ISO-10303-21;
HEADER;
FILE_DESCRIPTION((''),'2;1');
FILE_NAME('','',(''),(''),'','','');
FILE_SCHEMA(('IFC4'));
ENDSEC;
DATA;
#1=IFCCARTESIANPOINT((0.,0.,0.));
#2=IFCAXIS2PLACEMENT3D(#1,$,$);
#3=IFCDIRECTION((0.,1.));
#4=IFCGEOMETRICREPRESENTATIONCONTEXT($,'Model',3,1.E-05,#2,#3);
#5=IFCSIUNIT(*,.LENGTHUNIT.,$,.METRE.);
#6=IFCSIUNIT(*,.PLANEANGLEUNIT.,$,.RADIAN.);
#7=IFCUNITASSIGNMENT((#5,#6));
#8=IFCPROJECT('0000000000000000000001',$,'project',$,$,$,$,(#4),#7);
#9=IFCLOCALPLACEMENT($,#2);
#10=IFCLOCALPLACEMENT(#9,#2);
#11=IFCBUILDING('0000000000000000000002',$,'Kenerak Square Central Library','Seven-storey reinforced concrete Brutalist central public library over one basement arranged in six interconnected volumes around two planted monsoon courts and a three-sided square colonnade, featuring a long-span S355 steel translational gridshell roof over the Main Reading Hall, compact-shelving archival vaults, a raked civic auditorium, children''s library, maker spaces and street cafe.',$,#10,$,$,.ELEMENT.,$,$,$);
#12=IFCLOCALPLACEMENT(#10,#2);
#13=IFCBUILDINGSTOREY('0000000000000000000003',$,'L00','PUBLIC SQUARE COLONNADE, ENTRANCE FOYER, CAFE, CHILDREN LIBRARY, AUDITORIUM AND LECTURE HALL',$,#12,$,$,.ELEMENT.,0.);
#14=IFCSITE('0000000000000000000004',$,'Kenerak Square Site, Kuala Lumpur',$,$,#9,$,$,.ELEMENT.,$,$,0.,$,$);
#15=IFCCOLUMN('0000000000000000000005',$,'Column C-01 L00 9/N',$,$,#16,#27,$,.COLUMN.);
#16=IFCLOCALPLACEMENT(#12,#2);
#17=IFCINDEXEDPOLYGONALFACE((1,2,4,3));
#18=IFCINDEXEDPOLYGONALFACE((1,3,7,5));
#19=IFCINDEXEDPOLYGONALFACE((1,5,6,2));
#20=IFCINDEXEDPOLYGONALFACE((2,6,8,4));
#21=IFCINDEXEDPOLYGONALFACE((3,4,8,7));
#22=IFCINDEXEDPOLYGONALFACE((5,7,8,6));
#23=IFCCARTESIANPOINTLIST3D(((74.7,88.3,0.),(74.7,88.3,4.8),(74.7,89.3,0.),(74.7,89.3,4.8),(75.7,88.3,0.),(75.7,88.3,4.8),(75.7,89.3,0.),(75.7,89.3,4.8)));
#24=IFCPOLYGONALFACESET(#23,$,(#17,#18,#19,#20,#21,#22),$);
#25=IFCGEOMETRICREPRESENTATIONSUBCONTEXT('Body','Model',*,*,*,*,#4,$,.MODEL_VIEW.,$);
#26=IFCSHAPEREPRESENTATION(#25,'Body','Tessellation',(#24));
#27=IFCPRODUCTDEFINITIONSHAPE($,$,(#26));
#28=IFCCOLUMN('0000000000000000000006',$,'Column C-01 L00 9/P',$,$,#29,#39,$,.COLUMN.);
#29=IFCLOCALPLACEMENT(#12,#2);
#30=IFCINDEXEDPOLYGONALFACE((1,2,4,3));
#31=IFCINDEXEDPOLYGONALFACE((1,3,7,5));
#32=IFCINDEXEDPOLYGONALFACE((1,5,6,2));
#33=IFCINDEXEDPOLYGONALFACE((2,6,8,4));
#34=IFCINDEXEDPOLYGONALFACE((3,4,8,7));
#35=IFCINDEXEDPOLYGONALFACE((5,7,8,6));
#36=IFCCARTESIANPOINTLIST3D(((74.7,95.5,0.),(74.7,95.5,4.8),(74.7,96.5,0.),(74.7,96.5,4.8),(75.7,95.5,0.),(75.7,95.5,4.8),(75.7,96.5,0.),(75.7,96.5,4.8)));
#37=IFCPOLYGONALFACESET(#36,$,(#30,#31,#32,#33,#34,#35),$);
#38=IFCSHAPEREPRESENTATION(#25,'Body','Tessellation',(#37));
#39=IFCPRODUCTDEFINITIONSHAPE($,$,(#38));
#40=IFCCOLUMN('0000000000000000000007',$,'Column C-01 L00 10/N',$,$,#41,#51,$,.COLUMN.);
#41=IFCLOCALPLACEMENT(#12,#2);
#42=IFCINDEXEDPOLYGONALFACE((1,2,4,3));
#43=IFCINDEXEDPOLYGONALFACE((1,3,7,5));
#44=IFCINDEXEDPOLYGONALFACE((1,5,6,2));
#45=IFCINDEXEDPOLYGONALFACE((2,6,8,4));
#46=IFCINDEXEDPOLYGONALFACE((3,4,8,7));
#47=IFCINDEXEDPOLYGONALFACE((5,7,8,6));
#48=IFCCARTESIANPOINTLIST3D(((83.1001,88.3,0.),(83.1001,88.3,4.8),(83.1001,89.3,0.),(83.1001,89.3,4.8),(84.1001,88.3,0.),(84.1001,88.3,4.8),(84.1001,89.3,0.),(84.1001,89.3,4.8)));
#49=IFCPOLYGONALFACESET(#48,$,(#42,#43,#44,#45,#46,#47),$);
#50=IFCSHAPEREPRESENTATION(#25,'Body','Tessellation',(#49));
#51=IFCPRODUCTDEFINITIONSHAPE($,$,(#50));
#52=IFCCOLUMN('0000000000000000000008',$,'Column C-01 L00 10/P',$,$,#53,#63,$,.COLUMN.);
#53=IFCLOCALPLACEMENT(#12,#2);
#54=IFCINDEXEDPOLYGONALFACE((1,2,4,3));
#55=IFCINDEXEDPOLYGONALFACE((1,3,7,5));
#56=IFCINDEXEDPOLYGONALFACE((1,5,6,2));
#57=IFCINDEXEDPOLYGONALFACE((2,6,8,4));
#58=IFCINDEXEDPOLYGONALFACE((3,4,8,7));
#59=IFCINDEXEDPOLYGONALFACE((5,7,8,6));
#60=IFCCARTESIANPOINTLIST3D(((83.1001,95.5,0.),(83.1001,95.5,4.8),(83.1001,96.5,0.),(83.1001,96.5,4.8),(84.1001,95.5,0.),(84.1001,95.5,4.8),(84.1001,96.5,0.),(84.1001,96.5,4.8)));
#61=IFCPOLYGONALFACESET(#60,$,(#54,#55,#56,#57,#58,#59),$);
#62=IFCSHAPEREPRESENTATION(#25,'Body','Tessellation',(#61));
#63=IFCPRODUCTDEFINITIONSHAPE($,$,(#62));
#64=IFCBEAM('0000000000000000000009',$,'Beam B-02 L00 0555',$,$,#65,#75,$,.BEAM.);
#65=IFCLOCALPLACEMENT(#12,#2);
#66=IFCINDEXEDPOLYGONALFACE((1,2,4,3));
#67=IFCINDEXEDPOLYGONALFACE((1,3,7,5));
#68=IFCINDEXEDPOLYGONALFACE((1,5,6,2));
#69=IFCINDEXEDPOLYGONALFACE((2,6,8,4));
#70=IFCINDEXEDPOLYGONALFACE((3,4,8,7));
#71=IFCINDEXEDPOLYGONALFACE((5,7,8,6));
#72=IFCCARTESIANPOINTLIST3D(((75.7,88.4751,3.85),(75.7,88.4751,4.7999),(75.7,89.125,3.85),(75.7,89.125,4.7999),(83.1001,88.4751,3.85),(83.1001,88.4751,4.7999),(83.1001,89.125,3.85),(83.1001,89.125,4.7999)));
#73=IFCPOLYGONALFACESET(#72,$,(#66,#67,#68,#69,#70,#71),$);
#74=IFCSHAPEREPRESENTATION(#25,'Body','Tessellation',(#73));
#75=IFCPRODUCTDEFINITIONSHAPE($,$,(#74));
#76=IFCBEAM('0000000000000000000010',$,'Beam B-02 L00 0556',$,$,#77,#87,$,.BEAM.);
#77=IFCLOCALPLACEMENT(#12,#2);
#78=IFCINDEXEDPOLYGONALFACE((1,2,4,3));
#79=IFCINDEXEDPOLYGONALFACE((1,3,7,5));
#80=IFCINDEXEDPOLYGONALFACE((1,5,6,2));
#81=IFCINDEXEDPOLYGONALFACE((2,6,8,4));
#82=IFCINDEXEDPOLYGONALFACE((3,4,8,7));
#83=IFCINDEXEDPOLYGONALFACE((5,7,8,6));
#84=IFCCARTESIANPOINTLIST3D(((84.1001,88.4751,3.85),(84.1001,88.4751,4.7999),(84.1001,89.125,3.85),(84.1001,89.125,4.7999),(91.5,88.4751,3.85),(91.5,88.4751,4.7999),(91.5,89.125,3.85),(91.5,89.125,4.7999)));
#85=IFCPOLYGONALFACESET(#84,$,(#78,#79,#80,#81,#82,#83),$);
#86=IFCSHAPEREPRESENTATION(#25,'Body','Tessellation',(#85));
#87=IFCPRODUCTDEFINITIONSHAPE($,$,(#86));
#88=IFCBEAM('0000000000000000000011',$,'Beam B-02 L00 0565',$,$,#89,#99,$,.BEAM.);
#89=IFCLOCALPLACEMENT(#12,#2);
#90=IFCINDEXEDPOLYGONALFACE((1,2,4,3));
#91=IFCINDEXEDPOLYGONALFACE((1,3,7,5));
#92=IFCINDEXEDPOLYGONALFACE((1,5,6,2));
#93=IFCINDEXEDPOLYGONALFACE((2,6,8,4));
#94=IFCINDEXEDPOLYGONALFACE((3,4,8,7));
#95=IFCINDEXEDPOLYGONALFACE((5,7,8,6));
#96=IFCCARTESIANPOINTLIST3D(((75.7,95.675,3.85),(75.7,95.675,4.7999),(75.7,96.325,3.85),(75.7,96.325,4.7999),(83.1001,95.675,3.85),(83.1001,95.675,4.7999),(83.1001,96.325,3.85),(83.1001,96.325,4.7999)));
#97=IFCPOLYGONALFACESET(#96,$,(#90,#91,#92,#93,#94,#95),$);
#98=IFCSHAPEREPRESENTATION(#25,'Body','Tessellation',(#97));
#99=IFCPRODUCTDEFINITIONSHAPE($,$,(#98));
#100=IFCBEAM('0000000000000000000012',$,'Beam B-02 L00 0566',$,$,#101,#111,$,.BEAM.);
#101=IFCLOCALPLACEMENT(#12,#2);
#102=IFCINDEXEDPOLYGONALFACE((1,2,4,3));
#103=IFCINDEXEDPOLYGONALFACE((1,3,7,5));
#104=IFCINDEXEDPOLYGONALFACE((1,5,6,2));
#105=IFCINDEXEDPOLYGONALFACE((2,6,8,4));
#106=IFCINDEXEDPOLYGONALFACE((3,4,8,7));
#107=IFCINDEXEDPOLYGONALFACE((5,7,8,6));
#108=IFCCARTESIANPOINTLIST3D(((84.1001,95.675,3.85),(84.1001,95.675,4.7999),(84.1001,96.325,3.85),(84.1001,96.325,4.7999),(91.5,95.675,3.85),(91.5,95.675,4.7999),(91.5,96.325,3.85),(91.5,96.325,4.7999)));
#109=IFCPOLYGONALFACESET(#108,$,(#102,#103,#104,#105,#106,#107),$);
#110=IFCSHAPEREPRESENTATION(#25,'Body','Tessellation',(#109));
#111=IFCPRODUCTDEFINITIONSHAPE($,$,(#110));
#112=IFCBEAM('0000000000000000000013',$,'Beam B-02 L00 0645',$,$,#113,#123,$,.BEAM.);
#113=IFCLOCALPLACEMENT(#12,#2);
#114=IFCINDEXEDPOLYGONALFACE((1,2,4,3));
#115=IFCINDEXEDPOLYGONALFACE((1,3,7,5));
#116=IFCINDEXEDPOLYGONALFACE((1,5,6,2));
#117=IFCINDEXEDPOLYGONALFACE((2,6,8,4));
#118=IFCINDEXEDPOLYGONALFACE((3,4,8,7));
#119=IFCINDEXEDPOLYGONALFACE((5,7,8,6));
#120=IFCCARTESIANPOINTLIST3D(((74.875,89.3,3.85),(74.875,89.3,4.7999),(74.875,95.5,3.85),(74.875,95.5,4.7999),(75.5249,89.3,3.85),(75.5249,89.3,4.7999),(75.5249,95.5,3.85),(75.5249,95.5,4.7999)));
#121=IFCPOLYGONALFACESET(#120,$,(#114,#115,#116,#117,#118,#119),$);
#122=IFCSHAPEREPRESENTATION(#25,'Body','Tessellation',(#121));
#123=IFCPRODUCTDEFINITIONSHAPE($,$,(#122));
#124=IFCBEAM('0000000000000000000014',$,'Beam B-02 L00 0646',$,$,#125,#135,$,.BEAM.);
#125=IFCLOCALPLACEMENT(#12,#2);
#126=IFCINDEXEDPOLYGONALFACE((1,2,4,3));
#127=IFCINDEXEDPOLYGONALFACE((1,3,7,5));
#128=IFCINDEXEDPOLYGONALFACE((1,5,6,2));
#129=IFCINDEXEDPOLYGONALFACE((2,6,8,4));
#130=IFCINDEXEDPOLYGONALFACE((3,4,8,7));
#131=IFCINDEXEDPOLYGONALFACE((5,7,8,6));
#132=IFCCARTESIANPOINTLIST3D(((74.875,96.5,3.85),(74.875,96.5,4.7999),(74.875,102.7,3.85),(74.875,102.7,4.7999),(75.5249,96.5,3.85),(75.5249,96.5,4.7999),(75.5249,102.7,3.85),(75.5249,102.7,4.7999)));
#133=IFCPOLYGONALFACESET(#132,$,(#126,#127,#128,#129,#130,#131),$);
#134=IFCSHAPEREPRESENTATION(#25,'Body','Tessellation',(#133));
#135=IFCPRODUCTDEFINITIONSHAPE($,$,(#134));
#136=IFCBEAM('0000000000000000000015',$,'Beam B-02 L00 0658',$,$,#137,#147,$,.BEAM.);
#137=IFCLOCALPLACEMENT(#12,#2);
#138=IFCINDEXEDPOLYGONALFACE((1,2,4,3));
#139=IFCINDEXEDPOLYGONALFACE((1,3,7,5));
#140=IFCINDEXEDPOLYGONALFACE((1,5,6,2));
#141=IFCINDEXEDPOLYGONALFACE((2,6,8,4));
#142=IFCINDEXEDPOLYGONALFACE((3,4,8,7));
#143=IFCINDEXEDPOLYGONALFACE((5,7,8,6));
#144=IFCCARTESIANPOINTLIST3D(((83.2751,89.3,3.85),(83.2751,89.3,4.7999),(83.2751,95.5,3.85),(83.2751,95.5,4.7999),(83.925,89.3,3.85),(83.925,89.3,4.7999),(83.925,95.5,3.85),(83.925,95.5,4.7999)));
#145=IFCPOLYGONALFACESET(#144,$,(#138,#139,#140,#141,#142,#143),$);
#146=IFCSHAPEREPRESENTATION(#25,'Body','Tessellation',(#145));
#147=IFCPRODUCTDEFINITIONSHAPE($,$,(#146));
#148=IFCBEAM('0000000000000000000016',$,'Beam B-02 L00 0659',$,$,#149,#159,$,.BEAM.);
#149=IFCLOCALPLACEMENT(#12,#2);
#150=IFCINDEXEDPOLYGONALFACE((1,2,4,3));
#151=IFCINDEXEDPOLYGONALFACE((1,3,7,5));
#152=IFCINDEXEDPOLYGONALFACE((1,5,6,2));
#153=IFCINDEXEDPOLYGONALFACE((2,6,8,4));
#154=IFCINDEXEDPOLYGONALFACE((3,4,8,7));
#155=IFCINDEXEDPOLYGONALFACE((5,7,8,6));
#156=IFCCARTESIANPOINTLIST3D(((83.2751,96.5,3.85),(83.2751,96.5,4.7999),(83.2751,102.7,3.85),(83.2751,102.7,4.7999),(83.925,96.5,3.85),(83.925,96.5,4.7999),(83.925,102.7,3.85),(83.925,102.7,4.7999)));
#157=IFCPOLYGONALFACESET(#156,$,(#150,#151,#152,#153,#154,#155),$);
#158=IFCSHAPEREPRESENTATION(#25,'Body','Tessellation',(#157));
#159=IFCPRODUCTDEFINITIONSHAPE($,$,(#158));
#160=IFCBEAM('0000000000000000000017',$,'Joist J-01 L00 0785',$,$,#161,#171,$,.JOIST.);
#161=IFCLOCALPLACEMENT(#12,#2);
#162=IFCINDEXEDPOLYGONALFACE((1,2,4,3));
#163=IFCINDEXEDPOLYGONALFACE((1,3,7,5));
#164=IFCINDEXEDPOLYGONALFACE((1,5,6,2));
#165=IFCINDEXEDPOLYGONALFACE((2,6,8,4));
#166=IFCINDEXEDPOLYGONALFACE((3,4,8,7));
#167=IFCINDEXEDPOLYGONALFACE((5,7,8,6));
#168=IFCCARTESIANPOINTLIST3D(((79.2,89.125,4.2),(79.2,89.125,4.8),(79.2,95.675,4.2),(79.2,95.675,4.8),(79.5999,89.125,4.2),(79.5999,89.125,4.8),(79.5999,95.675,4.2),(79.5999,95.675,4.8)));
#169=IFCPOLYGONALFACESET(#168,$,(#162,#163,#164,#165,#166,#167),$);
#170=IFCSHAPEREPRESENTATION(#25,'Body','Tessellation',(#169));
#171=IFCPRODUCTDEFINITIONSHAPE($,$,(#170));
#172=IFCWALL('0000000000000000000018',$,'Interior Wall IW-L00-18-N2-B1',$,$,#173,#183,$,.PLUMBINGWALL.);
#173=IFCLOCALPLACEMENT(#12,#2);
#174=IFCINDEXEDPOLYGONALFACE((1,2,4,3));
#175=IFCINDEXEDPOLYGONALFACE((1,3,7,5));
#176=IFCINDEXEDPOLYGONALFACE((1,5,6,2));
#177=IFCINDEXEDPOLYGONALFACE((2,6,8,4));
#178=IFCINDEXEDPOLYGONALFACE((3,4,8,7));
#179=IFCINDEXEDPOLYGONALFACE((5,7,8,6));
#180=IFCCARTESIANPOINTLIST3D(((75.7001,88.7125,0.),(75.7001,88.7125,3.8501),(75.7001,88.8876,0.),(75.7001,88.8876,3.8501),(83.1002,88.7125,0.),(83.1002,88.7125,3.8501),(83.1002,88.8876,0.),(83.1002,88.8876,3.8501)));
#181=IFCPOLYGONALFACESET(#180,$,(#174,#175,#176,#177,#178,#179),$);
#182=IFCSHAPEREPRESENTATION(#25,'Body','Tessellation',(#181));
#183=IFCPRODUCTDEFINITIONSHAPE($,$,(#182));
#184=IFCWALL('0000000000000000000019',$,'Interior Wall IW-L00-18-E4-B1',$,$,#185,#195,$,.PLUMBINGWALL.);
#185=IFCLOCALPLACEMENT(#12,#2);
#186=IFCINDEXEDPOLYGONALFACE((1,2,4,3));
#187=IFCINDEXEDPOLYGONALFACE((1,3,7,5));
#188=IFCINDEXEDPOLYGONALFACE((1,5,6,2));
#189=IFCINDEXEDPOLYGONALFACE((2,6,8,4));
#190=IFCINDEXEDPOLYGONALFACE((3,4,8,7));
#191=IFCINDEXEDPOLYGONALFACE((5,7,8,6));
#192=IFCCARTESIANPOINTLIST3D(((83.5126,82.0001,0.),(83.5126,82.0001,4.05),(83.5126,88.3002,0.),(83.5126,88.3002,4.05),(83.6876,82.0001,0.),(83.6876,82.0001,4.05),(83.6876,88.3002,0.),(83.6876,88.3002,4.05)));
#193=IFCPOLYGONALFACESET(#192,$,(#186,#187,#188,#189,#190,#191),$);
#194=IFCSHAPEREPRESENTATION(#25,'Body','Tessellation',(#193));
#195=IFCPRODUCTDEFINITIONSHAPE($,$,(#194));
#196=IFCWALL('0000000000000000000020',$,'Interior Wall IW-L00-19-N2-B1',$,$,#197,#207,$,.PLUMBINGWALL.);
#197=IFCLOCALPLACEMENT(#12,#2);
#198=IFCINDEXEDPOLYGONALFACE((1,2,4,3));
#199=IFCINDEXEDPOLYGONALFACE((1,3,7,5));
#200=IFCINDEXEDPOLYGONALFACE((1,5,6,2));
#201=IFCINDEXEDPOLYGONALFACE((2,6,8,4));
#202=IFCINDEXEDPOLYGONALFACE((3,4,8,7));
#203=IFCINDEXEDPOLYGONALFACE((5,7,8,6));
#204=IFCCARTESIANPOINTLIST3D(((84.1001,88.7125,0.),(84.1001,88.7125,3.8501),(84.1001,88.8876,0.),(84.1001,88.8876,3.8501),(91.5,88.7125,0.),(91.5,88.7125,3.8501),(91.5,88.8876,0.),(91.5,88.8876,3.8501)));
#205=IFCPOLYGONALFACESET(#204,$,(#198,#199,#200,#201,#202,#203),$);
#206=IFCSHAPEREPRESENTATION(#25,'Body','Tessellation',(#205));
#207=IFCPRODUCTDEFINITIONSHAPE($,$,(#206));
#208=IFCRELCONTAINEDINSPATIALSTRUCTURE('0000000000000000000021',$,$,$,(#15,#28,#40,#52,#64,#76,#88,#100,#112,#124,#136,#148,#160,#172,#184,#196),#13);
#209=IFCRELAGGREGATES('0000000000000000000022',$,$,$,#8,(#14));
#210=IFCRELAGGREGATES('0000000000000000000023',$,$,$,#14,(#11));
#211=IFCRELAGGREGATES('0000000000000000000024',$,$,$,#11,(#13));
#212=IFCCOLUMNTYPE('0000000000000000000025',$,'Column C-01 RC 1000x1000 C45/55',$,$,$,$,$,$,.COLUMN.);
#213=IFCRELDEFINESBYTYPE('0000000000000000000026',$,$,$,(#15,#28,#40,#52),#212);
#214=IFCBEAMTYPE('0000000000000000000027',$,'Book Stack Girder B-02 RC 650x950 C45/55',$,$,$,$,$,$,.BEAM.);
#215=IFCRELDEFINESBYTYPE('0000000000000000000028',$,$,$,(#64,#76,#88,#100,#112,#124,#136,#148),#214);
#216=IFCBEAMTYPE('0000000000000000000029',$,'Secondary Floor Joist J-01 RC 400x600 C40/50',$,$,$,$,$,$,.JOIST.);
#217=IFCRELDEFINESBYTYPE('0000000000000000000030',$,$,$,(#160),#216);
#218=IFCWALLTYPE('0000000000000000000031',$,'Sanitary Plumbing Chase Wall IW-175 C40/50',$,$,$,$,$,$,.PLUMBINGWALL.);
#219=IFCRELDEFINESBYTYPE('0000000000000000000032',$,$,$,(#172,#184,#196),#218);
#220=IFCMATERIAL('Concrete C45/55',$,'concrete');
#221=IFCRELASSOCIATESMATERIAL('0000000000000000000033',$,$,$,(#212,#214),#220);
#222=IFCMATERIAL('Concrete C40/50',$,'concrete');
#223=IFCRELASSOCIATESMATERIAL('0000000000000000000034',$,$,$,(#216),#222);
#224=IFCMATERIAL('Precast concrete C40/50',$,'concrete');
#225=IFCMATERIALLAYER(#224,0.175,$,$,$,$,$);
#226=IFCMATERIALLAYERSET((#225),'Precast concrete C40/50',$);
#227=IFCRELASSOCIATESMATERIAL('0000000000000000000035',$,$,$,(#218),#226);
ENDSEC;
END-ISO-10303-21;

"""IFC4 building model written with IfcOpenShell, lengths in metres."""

from ifc_helpers import new_model, si_unit, direction, frame, frame_2d, origin, origin_2d, place, context, subcontext, project, spatial, rectangle, extrude, material, layer, layer_set, material_profile, profile_set, type_object, element, save


model = new_model("IFC4")

# Units and contexts
model_context = context("Model", 3, precision=1e-05, world=origin(), true_north=direction((0.0, 1.0)))
body_context = subcontext(model_context, "Body", "Model", "MODEL_VIEW")
ifc_project = project(units=[si_unit("LENGTHUNIT", "METRE"), si_unit("PLANEANGLEUNIT", "RADIAN")], contexts=[model_context])

# Site, building, storey
site_placement = place(None, origin())
site = spatial("IfcSite", under=ifc_project, at=site_placement, Name="Kenerak Square Site, Kuala Lumpur", CompositionType="ELEMENT", RefElevation=0.0)
building_placement = place(site_placement, origin())
building = spatial("IfcBuilding", under=site, at=building_placement, Name="Kenerak Square Central Library", Description="Seven-storey reinforced concrete Brutalist central public library over one basement arranged in six interconnected volumes around two planted monsoon courts and a three-sided square colonnade, featuring a long-span S355 steel translational gridshell roof over the Main Reading Hall, compact-shelving archival vaults, a raked civic auditorium, children's library, maker spaces and street cafe.", CompositionType="ELEMENT")
storey_placement = place(building_placement, origin())
storey = spatial("IfcBuildingStorey", under=building, at=storey_placement, Name="L00", Description="PUBLIC SQUARE COLONNADE, ENTRANCE FOYER, CAFE, CHILDREN LIBRARY, AUDITORIUM AND LECTURE HALL", CompositionType="ELEMENT", Elevation=0.0)

# Columns
ifc_material_1 = material(Name="Concrete C45/55", Category="concrete")
ifc_material_profile_1 = material_profile(ifc_material_1, rectangle(XDim=1.0, YDim=1.0, at=origin_2d()), Name="RC 1000x1000")
ifc_profile_set_1 = profile_set([ifc_material_profile_1], Name="Concrete C45/55")
column_type = type_object("IfcColumnType", Name="Column C-01 RC 1000x1000 C45/55", PredefinedType="COLUMN", material=ifc_profile_set_1)
for number, where, z_axis, x_axis, name in (
    (1, (75.2, 88.8, 0.0), (0.0, 0.0, 1.0), (1.0, 0.0, 0.0), "Column C-01 L00 9/N"),
    (2, (75.2, 96.0, 0.0), (0.0, 0.0, 1.0), (1.0, 0.0, 0.0), "Column C-01 L00 9/P"),
    (3, (83.6001, 88.8, 0.0), (0.0, 0.0, 1.0), (1.0, 0.0, 0.0), "Column C-01 L00 10/N"),
    (4, (83.6001, 96.0, 0.0), (0.0, 0.0, 1.0), (1.0, 0.0, 0.0), "Column C-01 L00 10/P"),
):
    element("IfcColumn", number, at=place(storey_placement, frame(where, z_axis=z_axis, x_axis=x_axis)), inside=storey, type_object=column_type, Name=name, PredefinedType="COLUMN", context=body_context, shape_type="SweptSolid", body=[
        extrude(rectangle(XDim=1.0, YDim=1.0, at=origin_2d()), origin(), (0.0, 0.0, 1.0), 4.8),
    ])

# Beams
ifc_material_profile_2 = material_profile(ifc_material_1, rectangle(XDim=0.6499, YDim=0.95, at=origin_2d()), Name="RC 650x950")
ifc_profile_set_2 = profile_set([ifc_material_profile_2], Name="Concrete C45/55")
beam_type_1 = type_object("IfcBeamType", Name="Book Stack Girder B-02 RC 650x950 C45/55", PredefinedType="BEAM", material=ifc_profile_set_2)
beam_1_placement = place(storey_placement, frame((75.7, 88.8, 4.325), z_axis=(1.0, 0.0, 0.0), x_axis=(0.0, 1.0, 0.0)))
element("IfcBeam", 5, at=beam_1_placement, inside=storey, type_object=beam_type_1, Name="Beam B-02 L00 0555", PredefinedType="BEAM", context=body_context, shape_type="SweptSolid", body=[
    extrude(rectangle(XDim=0.6499, YDim=0.95, at=origin_2d()), origin(), (0.0, 0.0, 1.0), 7.4001),
])
beam_2_placement = place(storey_placement, frame((84.1001, 88.8, 4.325), z_axis=(1.0, 0.0, 0.0), x_axis=(0.0, 1.0, 0.0)))
element("IfcBeam", 6, at=beam_2_placement, inside=storey, type_object=beam_type_1, Name="Beam B-02 L00 0556", PredefinedType="BEAM", context=body_context, shape_type="SweptSolid", body=[
    extrude(rectangle(XDim=0.6499, YDim=0.95, at=origin_2d()), origin(), (0.0, 0.0, 1.0), 7.3999),
])
beam_3_placement = place(storey_placement, frame((75.7, 96.0, 4.325), z_axis=(1.0, 0.0, 0.0), x_axis=(0.0, 1.0, 0.0)))
element("IfcBeam", 7, at=beam_3_placement, inside=storey, type_object=beam_type_1, Name="Beam B-02 L00 0565", PredefinedType="BEAM", context=body_context, shape_type="SweptSolid", body=[
    extrude(rectangle(XDim=0.6499, YDim=0.95, at=origin_2d()), origin(), (0.0, 0.0, 1.0), 7.4001),
])
beam_4_placement = place(storey_placement, frame((84.1001, 96.0, 4.325), z_axis=(1.0, 0.0, 0.0), x_axis=(0.0, 1.0, 0.0)))
element("IfcBeam", 8, at=beam_4_placement, inside=storey, type_object=beam_type_1, Name="Beam B-02 L00 0566", PredefinedType="BEAM", context=body_context, shape_type="SweptSolid", body=[
    extrude(rectangle(XDim=0.6499, YDim=0.95, at=origin_2d()), origin(), (0.0, 0.0, 1.0), 7.3999),
])
for number, where, z_axis, x_axis, name in (
    (9, (75.2, 89.3, 4.325), (0.0, 1.0, 0.0), (-1.0, 0.0, 0.0), "Beam B-02 L00 0645"),
    (10, (75.2, 96.5, 4.325), (0.0, 1.0, 0.0), (-1.0, 0.0, 0.0), "Beam B-02 L00 0646"),
    (11, (83.6001, 89.3, 4.325), (0.0, 1.0, 0.0), (-1.0, 0.0, 0.0), "Beam B-02 L00 0658"),
    (12, (83.6001, 96.5, 4.325), (0.0, 1.0, 0.0), (-1.0, 0.0, 0.0), "Beam B-02 L00 0659"),
):
    element("IfcBeam", number, at=place(storey_placement, frame(where, z_axis=z_axis, x_axis=x_axis)), inside=storey, type_object=beam_type_1, Name=name, PredefinedType="BEAM", context=body_context, shape_type="SweptSolid", body=[
        extrude(rectangle(XDim=0.6499, YDim=0.95, at=origin_2d()), origin(), (0.0, 0.0, 1.0), 6.2),
    ])
ifc_material_2 = material(Name="Concrete C40/50", Category="concrete")
ifc_material_profile_3 = material_profile(ifc_material_2, rectangle(XDim=0.3999, YDim=0.6001, at=origin_2d()), Name="RC 400x600")
ifc_profile_set_3 = profile_set([ifc_material_profile_3], Name="Concrete C40/50")
beam_type_2 = type_object("IfcBeamType", Name="Secondary Floor Joist J-01 RC 400x600 C40/50", PredefinedType="JOIST", material=ifc_profile_set_3)
beam_5_placement = place(storey_placement, frame((79.3999, 89.125, 4.5), z_axis=(0.0, 1.0, 0.0), x_axis=(-1.0, 0.0, 0.0)))
element("IfcBeam", 13, at=beam_5_placement, inside=storey, type_object=beam_type_2, Name="Joist J-01 L00 0785", PredefinedType="JOIST", context=body_context, shape_type="SweptSolid", body=[
    extrude(rectangle(XDim=0.3999, YDim=0.6001, at=origin_2d()), origin(), (0.0, 0.0, 1.0), 6.55),
])

# Walls
ifc_material_3 = material(Name="Precast concrete C40/50", Category="concrete")
ifc_layer_1 = layer(ifc_material_3, 0.175)
ifc_layer_set_1 = layer_set([ifc_layer_1], Name="Precast concrete C40/50")
wall_type_1 = type_object("IfcWallType", Name="Sanitary Plumbing Chase Wall IW-175 C40/50", PredefinedType="PLUMBINGWALL", material=ifc_layer_set_1)
wall_1_placement = place(storey_placement, frame((75.7, 88.8, 0.0), z_axis=(0.0, 0.0, 1.0), x_axis=(1.0, 0.0, 0.0)))
element("IfcWall", 14, at=wall_1_placement, inside=storey, type_object=wall_type_1, Name="Interior Wall IW-L00-18-N2-B1", PredefinedType="PLUMBINGWALL", context=body_context, shape_type="SweptSolid", body=[
    extrude(rectangle(XDim=7.4001, YDim=0.175, at=frame_2d((3.7002, 0.0))), origin(), (0.0, 0.0, 1.0), 3.8501),
])
wall_2_placement = place(storey_placement, frame((83.6001, 88.3, 0.0), z_axis=(0.0, 0.0, 1.0), x_axis=(0.0, -1.0, 0.0)))
element("IfcWall", 15, at=wall_2_placement, inside=storey, type_object=wall_type_1, Name="Interior Wall IW-L00-18-E4-B1", PredefinedType="PLUMBINGWALL", context=body_context, shape_type="SweptSolid", body=[
    extrude(rectangle(XDim=6.3, YDim=0.175, at=frame_2d((3.1499, 0.0))), origin(), (0.0, 0.0, 1.0), 4.05),
])
wall_3_placement = place(storey_placement, frame((84.1001, 88.8, 0.0), z_axis=(0.0, 0.0, 1.0), x_axis=(1.0, 0.0, 0.0)))
element("IfcWall", 16, at=wall_3_placement, inside=storey, type_object=wall_type_1, Name="Interior Wall IW-L00-19-N2-B1", PredefinedType="PLUMBINGWALL", context=body_context, shape_type="SweptSolid", body=[
    extrude(rectangle(XDim=7.3999, YDim=0.175, at=frame_2d((3.7, 0.0))), origin(), (0.0, 0.0, 1.0), 3.8501),
])

save(model, "model.ifc")
